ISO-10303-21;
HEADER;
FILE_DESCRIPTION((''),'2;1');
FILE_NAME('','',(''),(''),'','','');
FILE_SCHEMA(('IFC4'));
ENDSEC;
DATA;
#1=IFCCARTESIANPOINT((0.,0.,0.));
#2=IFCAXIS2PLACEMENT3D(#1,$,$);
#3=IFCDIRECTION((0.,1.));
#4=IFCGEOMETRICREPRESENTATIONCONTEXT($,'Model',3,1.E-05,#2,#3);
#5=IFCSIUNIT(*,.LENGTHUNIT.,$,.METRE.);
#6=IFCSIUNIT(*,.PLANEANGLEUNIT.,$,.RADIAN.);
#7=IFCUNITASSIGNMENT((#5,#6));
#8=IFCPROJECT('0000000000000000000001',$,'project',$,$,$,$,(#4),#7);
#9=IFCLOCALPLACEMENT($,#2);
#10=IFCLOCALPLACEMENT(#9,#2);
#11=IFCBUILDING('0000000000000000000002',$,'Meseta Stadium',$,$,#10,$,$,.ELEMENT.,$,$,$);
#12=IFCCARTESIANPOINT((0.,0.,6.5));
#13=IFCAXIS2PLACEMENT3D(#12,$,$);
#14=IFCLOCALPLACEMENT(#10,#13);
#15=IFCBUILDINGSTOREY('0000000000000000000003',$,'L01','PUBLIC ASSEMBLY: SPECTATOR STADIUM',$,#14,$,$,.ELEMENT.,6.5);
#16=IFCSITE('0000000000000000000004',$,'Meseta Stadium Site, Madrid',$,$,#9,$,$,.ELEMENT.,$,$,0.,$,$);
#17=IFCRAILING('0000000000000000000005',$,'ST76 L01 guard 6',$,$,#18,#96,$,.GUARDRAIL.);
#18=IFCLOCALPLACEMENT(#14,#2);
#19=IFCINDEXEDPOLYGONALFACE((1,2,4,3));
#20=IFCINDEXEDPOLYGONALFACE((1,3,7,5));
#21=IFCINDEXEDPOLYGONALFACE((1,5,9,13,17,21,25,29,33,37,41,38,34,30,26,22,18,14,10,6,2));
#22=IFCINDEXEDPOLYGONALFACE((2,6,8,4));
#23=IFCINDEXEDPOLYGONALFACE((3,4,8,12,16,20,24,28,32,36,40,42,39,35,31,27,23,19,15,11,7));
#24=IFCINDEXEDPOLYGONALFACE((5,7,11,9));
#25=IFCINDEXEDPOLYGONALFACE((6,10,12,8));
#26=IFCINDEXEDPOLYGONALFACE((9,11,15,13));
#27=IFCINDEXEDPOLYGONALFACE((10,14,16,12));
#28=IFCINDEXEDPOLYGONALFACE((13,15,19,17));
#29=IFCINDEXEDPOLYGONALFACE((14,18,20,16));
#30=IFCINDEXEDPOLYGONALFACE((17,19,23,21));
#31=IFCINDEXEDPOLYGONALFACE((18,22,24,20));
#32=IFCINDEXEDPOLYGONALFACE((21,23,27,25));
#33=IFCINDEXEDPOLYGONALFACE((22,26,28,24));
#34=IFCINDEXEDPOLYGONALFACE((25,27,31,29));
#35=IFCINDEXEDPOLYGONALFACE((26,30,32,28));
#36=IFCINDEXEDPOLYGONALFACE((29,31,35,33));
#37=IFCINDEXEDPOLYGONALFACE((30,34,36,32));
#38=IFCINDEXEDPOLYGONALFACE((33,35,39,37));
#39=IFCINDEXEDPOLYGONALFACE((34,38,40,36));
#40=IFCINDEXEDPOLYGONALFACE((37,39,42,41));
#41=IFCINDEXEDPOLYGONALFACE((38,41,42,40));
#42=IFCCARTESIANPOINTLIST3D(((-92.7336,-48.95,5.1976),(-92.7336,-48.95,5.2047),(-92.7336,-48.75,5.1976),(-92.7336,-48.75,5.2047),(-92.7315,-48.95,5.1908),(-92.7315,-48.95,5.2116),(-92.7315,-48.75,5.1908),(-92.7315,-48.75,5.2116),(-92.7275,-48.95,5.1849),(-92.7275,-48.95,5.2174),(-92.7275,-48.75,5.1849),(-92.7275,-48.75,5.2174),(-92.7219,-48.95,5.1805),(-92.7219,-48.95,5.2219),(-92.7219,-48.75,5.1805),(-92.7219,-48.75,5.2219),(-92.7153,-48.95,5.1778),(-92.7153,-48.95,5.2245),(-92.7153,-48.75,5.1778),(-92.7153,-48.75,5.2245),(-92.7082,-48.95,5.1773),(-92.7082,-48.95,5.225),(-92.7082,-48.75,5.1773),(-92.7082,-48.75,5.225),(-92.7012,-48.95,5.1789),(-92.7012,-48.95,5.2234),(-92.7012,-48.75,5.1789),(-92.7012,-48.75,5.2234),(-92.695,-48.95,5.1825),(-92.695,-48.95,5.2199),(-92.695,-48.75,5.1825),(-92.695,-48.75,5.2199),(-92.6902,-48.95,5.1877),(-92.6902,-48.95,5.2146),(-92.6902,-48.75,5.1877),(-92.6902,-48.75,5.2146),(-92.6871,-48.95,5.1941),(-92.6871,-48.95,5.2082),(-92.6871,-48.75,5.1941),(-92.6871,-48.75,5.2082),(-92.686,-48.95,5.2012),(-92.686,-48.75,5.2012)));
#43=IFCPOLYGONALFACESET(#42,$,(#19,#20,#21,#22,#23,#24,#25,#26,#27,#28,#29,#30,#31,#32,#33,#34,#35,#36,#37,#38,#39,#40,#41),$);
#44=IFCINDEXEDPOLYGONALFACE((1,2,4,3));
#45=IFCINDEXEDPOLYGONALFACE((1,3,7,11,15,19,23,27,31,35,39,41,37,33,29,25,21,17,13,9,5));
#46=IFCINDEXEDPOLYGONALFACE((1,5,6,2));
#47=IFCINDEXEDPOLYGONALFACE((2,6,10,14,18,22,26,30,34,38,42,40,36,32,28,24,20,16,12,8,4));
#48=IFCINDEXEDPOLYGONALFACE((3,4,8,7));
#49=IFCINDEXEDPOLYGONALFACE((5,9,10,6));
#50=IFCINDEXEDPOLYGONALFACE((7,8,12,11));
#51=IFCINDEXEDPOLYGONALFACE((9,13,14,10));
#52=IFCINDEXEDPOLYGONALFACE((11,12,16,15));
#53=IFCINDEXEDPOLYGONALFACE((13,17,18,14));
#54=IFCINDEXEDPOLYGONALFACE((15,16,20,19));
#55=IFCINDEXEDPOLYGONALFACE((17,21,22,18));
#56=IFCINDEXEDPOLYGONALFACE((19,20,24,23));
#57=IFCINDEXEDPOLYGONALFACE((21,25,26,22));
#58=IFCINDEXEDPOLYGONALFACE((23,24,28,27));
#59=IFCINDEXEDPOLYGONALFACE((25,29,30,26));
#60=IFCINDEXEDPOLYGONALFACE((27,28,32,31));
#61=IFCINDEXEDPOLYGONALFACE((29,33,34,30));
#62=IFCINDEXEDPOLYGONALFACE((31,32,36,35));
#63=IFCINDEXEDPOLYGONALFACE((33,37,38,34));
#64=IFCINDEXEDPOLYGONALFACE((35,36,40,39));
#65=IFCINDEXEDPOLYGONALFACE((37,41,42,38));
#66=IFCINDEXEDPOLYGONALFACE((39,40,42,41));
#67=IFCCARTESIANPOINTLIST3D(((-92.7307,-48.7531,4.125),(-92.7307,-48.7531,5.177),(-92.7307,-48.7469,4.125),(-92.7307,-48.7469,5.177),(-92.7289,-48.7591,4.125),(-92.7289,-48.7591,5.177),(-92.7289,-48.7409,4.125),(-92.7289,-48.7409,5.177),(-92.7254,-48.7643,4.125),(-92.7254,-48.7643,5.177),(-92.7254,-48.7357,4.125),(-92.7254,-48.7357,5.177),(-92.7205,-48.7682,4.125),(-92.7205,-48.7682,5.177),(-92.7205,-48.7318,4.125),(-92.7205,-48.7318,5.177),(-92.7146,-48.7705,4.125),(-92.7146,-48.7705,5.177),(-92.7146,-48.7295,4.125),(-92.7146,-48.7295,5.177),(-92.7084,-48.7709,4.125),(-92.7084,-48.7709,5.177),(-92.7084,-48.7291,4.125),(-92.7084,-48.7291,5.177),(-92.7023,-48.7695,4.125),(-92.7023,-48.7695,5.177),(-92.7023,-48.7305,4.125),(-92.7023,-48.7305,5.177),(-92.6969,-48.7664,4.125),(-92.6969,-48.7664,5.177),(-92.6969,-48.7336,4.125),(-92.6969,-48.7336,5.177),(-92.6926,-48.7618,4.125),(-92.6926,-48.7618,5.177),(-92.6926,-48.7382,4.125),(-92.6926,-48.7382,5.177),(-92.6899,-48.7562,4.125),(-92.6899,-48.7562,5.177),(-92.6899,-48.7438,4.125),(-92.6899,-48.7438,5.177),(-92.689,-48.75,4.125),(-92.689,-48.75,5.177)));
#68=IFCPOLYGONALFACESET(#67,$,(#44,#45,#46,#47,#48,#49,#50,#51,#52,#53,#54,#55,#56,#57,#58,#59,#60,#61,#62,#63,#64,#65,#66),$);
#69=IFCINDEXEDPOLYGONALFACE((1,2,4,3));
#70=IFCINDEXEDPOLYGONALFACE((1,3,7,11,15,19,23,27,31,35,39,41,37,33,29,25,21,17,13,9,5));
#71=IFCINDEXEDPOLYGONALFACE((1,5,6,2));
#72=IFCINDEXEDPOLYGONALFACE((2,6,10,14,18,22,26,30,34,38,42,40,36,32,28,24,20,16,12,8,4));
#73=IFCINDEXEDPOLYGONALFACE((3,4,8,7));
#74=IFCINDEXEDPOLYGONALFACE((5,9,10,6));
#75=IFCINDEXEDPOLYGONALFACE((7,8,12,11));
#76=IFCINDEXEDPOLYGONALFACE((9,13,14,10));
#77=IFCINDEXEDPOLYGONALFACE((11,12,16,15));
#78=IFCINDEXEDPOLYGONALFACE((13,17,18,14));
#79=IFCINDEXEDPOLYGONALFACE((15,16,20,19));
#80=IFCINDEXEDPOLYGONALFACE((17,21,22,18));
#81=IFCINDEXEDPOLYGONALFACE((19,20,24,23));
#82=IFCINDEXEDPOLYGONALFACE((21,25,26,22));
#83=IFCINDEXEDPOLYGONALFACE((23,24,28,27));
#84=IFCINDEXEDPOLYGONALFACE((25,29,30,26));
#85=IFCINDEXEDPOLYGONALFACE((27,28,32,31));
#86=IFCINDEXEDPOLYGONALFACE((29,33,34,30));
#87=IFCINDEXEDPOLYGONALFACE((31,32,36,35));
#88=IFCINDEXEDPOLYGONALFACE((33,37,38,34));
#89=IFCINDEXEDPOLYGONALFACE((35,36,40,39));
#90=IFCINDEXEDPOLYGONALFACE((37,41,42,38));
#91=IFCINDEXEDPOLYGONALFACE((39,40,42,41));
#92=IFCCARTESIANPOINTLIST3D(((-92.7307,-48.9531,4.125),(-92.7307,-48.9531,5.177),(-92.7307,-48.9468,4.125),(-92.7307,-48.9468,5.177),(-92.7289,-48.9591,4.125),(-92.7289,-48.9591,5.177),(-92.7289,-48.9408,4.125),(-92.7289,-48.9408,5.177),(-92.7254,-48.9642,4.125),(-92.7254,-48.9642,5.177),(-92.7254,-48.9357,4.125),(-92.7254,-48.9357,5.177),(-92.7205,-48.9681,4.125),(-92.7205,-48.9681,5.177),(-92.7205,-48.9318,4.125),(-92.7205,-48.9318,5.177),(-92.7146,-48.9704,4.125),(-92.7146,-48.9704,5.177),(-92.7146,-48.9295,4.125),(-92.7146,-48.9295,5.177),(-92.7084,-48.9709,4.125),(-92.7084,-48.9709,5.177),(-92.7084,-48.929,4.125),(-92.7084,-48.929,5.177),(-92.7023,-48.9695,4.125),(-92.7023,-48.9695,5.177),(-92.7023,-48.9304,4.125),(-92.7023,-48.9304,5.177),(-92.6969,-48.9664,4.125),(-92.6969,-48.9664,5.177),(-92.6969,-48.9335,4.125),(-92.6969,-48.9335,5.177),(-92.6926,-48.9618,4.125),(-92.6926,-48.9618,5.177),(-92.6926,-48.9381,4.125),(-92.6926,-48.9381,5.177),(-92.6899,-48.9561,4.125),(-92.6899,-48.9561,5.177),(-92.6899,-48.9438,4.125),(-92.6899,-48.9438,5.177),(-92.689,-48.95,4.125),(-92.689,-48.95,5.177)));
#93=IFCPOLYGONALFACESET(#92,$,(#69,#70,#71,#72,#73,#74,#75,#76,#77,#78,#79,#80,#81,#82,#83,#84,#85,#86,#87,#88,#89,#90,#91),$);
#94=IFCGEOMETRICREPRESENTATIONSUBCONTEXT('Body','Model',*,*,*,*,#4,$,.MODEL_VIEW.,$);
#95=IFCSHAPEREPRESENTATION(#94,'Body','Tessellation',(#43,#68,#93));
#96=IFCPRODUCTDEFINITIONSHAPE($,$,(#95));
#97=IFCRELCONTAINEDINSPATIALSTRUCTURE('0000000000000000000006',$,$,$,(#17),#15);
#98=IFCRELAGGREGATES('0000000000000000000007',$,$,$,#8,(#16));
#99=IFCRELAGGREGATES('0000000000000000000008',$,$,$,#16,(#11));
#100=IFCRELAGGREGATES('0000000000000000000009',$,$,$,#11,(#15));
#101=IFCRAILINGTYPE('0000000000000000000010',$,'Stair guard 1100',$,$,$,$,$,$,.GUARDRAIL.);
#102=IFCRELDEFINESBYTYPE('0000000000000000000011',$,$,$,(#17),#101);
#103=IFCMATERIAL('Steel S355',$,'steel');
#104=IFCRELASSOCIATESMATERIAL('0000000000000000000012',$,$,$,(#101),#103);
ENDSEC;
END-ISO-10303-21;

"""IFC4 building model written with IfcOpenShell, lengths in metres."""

from ifc_helpers import new_model, si_unit, direction, frame, origin, origin_2d, place, context, subcontext, project, spatial, circle, extrude, material, type_object, element, save


model = new_model("IFC4")

# Units and contexts
model_context = context("Model", 3, precision=1e-05, world=origin(), true_north=direction((0.0, 1.0)))
body_context = subcontext(model_context, "Body", "Model", "MODEL_VIEW")
ifc_project = project(units=[si_unit("LENGTHUNIT", "METRE"), si_unit("PLANEANGLEUNIT", "RADIAN")], contexts=[model_context])

# Site, building, storey
site_placement = place(None, origin())
site = spatial("IfcSite", under=ifc_project, at=site_placement, Name="Meseta Stadium Site, Madrid", CompositionType="ELEMENT", RefElevation=0.0)
building_placement = place(site_placement, origin())
building = spatial("IfcBuilding", under=site, at=building_placement, Name="Meseta Stadium", CompositionType="ELEMENT")
storey_placement = place(building_placement, frame((0.0, 0.0, 6.5)))
storey = spatial("IfcBuildingStorey", under=building, at=storey_placement, Name="L01", Description="PUBLIC ASSEMBLY: SPECTATOR STADIUM", CompositionType="ELEMENT", Elevation=6.5)

# Railing
ifc_material_1 = material(Name="Steel S355", Category="steel")
railing_type_1 = type_object("IfcRailingType", Name="Stair guard 1100", PredefinedType="GUARDRAIL", material=ifc_material_1)
railing_1_placement = place(storey_placement, frame((-92.71, -48.75, 4.125)))
element("IfcRailing", 1, at=railing_1_placement, inside=storey, type_object=railing_type_1, Name="ST76 L01 guard 6", PredefinedType="GUARDRAIL", context=body_context, shape_type="SweptSolid", body=[
    extrude(circle(Radius=0.0239, at=origin_2d()), frame((0.0, 0.0, 1.0762), z_axis=(0.0, -1.0, 0.0), x_axis=(1.0, 0.0, 0.0)), (0.0, 0.0, 1.0), 0.2),
    extrude(circle(Radius=0.021, at=origin_2d()), origin(), (0.0, 0.0, 1.0), 1.052),
    extrude(circle(Radius=0.021, at=origin_2d()), frame((0.0, -0.2, 0.0)), (0.0, 0.0, 1.0), 1.052),
])

save(model, "model.ifc")
